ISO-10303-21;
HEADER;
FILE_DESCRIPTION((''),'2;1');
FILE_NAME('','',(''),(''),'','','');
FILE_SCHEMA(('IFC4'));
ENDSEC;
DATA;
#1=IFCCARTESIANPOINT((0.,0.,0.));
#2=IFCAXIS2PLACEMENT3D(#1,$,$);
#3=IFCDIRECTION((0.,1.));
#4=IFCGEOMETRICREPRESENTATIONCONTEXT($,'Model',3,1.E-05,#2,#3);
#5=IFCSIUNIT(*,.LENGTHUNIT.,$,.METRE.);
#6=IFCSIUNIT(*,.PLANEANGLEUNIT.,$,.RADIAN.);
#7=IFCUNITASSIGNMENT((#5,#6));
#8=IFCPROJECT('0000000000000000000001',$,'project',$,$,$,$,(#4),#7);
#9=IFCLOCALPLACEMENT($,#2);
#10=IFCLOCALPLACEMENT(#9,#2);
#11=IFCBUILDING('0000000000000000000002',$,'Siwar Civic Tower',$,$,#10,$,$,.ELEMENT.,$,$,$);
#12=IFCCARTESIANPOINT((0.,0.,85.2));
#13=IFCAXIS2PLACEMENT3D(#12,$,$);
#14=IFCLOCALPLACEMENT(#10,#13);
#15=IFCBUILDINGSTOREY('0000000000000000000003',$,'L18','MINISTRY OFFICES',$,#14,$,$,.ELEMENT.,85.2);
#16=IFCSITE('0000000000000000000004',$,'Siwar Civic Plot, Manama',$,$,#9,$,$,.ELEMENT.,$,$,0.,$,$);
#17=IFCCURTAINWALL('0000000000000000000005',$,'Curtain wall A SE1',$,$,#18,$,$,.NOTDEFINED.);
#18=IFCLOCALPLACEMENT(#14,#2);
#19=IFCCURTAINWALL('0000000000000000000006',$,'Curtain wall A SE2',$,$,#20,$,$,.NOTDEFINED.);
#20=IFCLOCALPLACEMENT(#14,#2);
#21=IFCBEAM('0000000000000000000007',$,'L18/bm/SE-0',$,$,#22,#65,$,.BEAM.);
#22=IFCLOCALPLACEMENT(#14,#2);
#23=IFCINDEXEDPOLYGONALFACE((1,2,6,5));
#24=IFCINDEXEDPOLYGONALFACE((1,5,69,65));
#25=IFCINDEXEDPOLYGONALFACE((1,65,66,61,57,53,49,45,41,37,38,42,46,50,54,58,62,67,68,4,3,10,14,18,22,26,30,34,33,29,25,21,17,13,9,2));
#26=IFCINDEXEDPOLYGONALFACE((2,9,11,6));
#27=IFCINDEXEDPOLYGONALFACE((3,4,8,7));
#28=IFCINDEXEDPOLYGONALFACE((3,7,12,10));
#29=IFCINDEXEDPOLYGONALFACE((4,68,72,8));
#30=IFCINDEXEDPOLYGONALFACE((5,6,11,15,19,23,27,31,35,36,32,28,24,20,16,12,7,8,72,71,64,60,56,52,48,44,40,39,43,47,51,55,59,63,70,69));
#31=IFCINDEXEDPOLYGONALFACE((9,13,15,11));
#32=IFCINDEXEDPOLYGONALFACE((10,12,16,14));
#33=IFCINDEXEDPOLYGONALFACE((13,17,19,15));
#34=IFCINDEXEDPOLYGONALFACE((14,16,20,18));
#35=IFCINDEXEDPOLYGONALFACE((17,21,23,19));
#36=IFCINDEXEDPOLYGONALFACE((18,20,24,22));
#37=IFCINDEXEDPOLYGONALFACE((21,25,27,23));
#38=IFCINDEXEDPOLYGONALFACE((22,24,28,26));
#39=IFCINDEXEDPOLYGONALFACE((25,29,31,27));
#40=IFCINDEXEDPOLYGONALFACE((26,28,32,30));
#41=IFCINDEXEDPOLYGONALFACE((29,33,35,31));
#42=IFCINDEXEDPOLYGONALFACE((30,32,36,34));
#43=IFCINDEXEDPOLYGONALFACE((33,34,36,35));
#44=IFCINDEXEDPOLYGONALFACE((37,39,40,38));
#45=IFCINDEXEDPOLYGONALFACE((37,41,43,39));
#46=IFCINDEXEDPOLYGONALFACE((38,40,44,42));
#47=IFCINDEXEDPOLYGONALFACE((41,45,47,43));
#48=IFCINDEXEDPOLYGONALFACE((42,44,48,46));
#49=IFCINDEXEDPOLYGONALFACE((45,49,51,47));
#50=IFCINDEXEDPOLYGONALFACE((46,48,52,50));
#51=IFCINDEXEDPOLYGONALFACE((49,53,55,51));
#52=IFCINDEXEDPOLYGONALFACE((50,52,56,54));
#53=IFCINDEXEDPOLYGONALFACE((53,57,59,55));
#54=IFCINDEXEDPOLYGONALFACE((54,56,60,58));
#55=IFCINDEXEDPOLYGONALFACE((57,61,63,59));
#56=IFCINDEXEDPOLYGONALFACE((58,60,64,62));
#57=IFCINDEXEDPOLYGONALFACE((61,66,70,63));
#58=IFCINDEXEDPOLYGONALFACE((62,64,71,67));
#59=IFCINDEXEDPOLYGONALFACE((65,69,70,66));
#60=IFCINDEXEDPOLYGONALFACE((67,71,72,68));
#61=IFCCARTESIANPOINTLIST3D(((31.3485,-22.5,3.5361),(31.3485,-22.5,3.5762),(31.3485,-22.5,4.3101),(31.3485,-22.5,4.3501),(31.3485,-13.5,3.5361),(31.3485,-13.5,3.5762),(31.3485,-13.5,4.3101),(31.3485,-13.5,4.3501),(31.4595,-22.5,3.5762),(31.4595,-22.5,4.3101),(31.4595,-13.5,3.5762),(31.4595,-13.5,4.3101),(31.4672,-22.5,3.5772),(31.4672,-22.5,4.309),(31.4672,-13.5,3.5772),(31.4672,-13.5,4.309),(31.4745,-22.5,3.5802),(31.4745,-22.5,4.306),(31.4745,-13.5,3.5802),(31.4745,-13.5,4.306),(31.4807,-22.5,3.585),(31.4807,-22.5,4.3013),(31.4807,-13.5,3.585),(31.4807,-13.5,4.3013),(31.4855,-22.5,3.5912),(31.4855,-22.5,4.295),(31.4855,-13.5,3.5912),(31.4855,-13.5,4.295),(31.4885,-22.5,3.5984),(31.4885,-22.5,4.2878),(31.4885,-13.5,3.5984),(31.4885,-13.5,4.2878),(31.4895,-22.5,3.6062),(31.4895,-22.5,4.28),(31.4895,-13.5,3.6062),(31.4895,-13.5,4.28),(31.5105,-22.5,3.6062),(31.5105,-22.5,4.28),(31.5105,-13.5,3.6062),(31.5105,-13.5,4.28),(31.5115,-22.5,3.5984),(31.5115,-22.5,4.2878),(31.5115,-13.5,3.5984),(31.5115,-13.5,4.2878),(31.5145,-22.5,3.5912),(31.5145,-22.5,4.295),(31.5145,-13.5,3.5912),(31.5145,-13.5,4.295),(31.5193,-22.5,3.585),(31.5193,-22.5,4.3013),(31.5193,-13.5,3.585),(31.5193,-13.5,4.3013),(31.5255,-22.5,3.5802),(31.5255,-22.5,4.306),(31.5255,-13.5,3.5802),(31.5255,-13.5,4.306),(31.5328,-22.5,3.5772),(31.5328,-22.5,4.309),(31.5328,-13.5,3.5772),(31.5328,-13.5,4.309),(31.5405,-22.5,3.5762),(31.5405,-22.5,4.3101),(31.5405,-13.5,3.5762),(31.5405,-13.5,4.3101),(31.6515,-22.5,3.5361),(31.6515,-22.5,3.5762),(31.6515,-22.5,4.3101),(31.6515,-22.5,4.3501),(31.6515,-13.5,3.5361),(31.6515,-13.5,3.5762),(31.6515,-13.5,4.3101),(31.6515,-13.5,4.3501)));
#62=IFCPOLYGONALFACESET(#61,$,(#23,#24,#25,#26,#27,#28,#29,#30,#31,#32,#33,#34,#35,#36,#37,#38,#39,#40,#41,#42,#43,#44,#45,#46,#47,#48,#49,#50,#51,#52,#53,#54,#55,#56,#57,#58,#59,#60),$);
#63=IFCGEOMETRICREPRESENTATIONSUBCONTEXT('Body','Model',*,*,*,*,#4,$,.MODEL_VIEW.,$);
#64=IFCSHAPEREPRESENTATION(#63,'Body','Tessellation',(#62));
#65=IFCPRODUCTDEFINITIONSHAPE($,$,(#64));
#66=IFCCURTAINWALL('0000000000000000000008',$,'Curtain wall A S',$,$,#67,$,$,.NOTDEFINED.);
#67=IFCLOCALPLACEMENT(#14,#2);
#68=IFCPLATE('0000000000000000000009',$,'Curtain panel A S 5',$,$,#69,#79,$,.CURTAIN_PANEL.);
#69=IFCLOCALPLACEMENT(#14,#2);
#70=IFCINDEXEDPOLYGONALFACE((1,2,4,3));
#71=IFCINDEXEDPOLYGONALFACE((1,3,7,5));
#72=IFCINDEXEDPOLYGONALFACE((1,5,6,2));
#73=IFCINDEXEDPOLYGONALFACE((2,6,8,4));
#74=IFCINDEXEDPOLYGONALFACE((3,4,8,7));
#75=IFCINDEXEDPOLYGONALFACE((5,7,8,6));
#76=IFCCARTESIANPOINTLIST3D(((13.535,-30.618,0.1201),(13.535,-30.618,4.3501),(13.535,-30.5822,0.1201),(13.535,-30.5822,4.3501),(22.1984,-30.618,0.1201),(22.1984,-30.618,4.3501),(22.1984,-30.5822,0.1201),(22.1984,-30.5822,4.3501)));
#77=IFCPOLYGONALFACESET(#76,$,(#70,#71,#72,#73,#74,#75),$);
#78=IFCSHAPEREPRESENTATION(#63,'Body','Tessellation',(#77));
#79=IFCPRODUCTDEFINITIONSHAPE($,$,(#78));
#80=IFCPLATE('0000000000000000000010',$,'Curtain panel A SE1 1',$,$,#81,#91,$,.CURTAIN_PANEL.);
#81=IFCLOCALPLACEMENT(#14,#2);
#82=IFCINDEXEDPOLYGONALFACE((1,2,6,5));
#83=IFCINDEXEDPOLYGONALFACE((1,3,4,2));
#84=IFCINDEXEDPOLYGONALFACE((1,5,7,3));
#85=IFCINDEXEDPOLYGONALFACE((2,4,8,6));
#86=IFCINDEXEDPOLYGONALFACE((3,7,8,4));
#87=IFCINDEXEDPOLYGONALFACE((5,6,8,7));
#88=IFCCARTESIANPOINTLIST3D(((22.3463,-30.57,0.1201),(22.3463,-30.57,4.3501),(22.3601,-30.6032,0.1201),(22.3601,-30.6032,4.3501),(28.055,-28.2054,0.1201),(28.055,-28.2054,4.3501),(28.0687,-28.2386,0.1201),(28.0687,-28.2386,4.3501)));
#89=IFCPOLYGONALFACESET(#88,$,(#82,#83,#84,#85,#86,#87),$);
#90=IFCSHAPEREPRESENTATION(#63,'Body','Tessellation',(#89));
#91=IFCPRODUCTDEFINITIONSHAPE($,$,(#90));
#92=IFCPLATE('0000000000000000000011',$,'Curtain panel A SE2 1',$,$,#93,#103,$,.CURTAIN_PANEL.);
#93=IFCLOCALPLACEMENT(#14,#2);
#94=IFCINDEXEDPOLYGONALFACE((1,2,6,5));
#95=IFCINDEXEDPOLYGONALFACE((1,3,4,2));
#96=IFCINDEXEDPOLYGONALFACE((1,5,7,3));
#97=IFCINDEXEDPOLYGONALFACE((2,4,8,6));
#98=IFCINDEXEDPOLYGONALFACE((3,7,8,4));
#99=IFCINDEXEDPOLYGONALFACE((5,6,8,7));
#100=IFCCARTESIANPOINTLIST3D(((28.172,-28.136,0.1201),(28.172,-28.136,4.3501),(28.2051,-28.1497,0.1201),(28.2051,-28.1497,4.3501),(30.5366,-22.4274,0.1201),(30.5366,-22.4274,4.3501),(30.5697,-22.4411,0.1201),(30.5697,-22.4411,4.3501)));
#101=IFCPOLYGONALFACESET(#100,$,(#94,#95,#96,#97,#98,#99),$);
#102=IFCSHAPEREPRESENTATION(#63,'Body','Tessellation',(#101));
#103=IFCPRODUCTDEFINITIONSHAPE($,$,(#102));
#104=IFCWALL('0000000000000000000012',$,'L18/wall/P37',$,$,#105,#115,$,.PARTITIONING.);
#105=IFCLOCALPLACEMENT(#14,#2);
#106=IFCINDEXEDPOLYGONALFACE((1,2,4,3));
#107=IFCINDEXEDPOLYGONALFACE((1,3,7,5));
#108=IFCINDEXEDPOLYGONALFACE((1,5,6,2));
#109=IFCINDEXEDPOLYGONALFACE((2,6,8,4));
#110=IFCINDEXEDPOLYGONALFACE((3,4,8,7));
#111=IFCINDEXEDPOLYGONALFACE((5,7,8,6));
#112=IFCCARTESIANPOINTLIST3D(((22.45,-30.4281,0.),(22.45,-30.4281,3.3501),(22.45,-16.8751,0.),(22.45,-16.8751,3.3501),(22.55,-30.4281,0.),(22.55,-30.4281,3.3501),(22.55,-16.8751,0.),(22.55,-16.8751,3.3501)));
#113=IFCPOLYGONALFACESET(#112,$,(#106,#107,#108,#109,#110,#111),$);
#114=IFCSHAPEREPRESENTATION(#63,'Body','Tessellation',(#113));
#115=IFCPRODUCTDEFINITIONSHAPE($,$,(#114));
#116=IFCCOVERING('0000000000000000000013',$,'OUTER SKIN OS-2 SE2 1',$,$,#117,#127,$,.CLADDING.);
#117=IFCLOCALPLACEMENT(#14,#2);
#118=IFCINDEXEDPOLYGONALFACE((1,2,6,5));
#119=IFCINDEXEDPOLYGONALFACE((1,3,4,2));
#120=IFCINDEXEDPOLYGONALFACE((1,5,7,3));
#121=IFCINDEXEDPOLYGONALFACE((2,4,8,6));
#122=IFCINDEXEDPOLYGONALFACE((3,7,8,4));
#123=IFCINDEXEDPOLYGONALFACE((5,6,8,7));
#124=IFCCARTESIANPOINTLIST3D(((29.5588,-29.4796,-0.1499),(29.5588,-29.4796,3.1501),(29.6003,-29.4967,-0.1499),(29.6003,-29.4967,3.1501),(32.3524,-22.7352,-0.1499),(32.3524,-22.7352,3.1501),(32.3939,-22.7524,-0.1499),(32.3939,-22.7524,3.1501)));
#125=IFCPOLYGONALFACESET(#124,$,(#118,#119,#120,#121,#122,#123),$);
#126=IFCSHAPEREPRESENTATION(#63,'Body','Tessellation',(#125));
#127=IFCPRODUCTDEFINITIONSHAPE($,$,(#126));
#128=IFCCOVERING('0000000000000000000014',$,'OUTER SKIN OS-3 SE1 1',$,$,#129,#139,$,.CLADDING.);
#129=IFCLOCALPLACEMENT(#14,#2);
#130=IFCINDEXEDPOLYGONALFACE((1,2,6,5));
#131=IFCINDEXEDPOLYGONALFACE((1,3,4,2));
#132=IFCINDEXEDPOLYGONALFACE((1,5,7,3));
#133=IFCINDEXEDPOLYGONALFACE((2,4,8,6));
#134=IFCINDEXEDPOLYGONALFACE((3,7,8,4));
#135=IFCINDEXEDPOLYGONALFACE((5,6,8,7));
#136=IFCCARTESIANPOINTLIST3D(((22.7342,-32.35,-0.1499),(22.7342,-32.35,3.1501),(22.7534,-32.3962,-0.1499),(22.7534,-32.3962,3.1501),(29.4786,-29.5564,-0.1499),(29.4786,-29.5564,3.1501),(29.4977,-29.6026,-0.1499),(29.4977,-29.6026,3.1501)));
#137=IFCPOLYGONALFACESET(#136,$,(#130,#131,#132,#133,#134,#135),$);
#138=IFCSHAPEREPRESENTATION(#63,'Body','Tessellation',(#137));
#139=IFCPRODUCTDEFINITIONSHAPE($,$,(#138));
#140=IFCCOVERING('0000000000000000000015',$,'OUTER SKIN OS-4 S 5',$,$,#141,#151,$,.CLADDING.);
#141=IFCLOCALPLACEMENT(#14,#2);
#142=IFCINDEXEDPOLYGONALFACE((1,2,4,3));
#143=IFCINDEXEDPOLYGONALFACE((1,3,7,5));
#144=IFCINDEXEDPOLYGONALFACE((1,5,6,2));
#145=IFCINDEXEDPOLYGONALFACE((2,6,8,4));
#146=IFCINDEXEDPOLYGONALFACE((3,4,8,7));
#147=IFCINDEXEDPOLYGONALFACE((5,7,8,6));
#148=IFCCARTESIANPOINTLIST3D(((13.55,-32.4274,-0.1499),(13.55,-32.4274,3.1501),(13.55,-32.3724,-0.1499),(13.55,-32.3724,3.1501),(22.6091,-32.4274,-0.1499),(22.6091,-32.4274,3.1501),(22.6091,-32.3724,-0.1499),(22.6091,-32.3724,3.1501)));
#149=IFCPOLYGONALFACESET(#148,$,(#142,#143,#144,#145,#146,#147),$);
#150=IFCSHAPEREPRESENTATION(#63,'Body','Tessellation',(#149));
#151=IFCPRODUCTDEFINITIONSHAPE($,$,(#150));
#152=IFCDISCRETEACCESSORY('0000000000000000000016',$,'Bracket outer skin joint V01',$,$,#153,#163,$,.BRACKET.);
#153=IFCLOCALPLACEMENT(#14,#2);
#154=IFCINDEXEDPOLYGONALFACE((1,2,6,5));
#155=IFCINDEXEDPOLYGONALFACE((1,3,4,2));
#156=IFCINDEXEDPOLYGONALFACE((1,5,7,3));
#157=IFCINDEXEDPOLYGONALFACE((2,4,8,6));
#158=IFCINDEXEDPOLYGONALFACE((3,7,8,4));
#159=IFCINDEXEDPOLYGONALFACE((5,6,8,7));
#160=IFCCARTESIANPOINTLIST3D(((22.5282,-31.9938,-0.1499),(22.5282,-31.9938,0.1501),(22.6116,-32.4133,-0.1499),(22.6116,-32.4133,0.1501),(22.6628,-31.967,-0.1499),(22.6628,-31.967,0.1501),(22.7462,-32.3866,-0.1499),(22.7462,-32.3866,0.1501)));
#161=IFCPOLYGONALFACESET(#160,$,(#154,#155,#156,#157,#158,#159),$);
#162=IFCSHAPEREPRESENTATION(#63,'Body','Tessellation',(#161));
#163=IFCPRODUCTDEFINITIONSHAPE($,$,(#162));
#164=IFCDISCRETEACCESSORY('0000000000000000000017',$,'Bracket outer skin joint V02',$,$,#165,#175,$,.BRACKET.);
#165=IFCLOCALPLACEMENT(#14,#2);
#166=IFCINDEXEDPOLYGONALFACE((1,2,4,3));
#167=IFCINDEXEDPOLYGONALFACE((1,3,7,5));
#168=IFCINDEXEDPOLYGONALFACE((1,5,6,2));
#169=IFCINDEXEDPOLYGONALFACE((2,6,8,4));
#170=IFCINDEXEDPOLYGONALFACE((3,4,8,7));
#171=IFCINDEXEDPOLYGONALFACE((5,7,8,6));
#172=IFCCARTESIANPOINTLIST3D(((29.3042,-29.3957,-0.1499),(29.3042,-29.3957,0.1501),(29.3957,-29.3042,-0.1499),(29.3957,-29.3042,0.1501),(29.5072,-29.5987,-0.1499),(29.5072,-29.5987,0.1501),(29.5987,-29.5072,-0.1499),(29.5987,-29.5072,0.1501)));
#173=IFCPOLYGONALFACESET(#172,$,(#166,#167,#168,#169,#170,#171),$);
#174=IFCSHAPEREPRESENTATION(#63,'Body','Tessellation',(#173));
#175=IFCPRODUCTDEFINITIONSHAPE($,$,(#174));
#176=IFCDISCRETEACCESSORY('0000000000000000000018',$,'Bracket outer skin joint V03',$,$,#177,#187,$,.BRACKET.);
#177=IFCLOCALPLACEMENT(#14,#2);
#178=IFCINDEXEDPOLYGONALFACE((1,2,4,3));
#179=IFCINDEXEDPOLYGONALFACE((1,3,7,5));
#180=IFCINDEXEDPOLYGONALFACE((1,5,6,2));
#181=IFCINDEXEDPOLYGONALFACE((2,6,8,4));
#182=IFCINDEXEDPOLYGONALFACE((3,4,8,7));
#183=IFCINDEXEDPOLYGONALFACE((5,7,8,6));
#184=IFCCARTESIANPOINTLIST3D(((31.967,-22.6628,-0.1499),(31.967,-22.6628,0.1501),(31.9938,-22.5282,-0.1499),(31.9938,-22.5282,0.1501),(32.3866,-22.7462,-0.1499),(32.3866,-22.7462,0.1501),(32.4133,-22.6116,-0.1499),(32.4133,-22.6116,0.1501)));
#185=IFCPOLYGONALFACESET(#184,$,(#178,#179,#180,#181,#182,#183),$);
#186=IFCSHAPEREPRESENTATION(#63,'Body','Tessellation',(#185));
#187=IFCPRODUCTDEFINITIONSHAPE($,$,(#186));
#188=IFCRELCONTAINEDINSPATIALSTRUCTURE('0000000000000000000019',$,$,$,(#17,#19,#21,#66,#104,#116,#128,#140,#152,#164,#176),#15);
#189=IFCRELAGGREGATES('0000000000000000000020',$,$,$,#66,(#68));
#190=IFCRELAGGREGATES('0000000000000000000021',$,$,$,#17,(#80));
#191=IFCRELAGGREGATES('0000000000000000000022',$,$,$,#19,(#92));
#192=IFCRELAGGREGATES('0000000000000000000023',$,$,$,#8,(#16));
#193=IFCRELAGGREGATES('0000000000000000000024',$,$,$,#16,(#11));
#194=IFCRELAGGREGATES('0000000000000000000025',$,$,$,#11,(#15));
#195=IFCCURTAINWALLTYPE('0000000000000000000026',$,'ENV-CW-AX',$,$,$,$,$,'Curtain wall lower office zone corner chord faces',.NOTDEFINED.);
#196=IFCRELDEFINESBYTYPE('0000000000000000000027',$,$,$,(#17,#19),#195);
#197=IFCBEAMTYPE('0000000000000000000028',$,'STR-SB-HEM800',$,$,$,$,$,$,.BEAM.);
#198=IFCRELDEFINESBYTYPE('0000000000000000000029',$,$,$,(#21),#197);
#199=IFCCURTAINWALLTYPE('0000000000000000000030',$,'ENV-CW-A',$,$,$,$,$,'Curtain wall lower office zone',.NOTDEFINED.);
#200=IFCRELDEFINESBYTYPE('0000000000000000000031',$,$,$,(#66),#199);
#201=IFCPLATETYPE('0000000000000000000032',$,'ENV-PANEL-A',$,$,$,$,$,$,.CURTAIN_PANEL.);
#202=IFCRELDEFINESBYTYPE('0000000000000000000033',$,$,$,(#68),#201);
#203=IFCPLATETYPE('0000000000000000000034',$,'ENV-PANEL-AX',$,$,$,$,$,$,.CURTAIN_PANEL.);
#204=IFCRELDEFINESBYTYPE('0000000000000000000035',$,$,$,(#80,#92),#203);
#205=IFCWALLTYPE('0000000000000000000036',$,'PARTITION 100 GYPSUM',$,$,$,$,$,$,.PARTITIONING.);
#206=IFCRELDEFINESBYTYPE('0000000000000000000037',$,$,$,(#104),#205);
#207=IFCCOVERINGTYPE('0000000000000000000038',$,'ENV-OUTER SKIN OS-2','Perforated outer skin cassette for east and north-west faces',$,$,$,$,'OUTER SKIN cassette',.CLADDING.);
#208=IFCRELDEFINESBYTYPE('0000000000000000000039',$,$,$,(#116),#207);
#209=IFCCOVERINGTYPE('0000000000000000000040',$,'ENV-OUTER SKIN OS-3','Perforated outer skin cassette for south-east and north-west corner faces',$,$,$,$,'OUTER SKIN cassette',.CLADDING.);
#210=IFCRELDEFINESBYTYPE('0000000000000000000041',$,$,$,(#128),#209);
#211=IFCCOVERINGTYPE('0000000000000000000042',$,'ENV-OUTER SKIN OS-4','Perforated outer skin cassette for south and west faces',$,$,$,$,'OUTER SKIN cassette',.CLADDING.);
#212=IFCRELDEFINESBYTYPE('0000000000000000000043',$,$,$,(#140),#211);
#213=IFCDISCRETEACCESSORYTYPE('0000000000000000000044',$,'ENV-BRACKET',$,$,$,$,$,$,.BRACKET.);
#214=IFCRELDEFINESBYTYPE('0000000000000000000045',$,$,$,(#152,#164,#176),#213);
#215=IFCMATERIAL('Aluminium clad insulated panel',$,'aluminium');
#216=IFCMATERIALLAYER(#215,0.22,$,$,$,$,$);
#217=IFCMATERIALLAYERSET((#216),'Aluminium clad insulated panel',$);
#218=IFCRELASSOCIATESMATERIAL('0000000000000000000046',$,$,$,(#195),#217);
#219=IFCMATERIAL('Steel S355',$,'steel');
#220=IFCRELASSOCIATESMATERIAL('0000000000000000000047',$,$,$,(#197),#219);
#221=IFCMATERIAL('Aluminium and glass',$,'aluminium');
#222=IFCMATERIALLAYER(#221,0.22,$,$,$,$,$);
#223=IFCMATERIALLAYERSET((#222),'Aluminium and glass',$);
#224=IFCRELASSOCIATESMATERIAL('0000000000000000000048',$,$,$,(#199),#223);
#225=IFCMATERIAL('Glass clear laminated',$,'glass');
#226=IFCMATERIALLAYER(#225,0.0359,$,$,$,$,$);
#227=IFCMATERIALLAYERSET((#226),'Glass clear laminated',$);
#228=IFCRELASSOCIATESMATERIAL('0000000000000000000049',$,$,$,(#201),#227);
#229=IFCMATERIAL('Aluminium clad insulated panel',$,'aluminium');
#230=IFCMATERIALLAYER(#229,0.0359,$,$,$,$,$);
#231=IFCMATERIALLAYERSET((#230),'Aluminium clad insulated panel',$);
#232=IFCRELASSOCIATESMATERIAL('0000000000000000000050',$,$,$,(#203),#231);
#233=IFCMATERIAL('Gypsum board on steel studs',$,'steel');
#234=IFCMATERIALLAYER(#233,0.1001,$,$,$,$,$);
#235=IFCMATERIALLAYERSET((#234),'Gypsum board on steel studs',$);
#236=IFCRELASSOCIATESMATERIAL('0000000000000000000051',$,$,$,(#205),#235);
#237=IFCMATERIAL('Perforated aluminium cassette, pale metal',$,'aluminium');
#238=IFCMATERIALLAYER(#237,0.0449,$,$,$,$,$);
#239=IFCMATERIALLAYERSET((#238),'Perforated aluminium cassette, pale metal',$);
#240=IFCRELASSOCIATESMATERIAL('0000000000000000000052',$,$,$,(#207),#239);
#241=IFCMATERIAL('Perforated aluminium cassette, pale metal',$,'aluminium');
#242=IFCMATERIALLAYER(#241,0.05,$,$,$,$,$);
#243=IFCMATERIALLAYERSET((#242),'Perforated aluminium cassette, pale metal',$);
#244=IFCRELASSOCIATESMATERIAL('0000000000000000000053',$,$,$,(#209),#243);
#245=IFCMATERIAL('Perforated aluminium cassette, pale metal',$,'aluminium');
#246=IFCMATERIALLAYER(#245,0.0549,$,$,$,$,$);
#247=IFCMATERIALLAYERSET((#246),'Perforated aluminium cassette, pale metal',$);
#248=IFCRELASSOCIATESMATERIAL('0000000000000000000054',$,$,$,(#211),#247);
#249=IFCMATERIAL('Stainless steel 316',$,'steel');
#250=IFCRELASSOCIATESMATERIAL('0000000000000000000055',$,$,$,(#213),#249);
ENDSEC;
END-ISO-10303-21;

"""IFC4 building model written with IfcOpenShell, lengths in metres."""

from ifc_helpers import new_model, si_unit, direction, frame, frame_2d, origin, origin_2d, place, context, subcontext, project, spatial, rectangle, i_section, extrude, material, layer, layer_set, material_profile, profile_set, type_object, element, aggregate, save


model = new_model("IFC4")

# Units and contexts
model_context = context("Model", 3, precision=1e-05, world=origin(), true_north=direction((0.0, 1.0)))
body_context = subcontext(model_context, "Body", "Model", "MODEL_VIEW")
ifc_project = project(units=[si_unit("LENGTHUNIT", "METRE"), si_unit("PLANEANGLEUNIT", "RADIAN")], contexts=[model_context])

# Site, building, storey
site_placement = place(None, origin())
site = spatial("IfcSite", under=ifc_project, at=site_placement, Name="Siwar Civic Plot, Manama", CompositionType="ELEMENT", RefElevation=0.0)
building_placement = place(site_placement, origin())
building = spatial("IfcBuilding", under=site, at=building_placement, Name="Siwar Civic Tower", CompositionType="ELEMENT")
storey_placement = place(building_placement, frame((0.0, 0.0, 85.2)))
storey = spatial("IfcBuildingStorey", under=building, at=storey_placement, Name="L18", Description="MINISTRY OFFICES", CompositionType="ELEMENT", Elevation=85.2)

# Curtain walls
ifc_material_1 = material(Name="Aluminium clad insulated panel", Category="aluminium")
ifc_layer_1 = layer(ifc_material_1, 0.22)
ifc_layer_set_1 = layer_set([ifc_layer_1], Name="Aluminium clad insulated panel")
curtain_wall_type_1 = type_object("IfcCurtainWallType", Name="ENV-CW-AX", ElementType="Curtain wall lower office zone corner chord faces", PredefinedType="NOTDEFINED", material=ifc_layer_set_1)
curtain_wall_1_placement = place(storey_placement, origin())
curtain_wall_1 = element("IfcCurtainWall", 1, at=curtain_wall_1_placement, inside=storey, type_object=curtain_wall_type_1, Name="Curtain wall A SE1", PredefinedType="NOTDEFINED")
curtain_wall_2_placement = place(storey_placement, origin())
curtain_wall_2 = element("IfcCurtainWall", 2, at=curtain_wall_2_placement, inside=storey, type_object=curtain_wall_type_1, Name="Curtain wall A SE2", PredefinedType="NOTDEFINED")

# Beam
ifc_material_2 = material(Name="Steel S355", Category="steel")
ifc_material_profile_1 = material_profile(ifc_material_2, i_section(OverallWidth=0.303, OverallDepth=0.814, WebThickness=0.021, FlangeThickness=0.04, FilletRadius=0.03, at=origin_2d()), Name="HEM800")
ifc_profile_set_1 = profile_set([ifc_material_profile_1], Name="Steel S355")
beam_type_1 = type_object("IfcBeamType", Name="STR-SB-HEM800", PredefinedType="BEAM", material=ifc_profile_set_1)
beam_1_placement = place(storey_placement, frame((31.5, -22.5, 3.9431), z_axis=(0.0, 1.0, 0.0), x_axis=(-1.0, 0.0, 0.0)))
element("IfcBeam", 3, at=beam_1_placement, inside=storey, type_object=beam_type_1, Name="L18/bm/SE-0", PredefinedType="BEAM", context=body_context, shape_type="SweptSolid", body=[
    extrude(i_section(OverallWidth=0.303, OverallDepth=0.814, WebThickness=0.021, FlangeThickness=0.04, FilletRadius=0.03, at=origin_2d()), origin(), (0.0, 0.0, 1.0), 9.0),
])

# Curtain wall, plate
ifc_material_3 = material(Name="Aluminium and glass", Category="aluminium")
ifc_layer_2 = layer(ifc_material_3, 0.22)
ifc_layer_set_2 = layer_set([ifc_layer_2], Name="Aluminium and glass")
curtain_wall_type_2 = type_object("IfcCurtainWallType", Name="ENV-CW-A", ElementType="Curtain wall lower office zone", PredefinedType="NOTDEFINED", material=ifc_layer_set_2)
curtain_wall_3_placement = place(storey_placement, origin())
curtain_wall_3 = element("IfcCurtainWall", 4, at=curtain_wall_3_placement, inside=storey, type_object=curtain_wall_type_2, Name="Curtain wall A S", PredefinedType="NOTDEFINED")
ifc_material_4 = material(Name="Glass clear laminated", Category="glass")
ifc_layer_3 = layer(ifc_material_4, 0.0359)
ifc_layer_set_3 = layer_set([ifc_layer_3], Name="Glass clear laminated")
plate_type_1 = type_object("IfcPlateType", Name="ENV-PANEL-A", PredefinedType="CURTAIN_PANEL", material=ifc_layer_set_3)
plate_1_placement = place(storey_placement, frame((17.8667, -30.6001, 0.1201), z_axis=(0.0, 0.0, 1.0), x_axis=(1.0, 0.0, 0.0)))
plate_1 = element("IfcPlate", 5, at=plate_1_placement, type_object=plate_type_1, Name="Curtain panel A S 5", PredefinedType="CURTAIN_PANEL", context=body_context, shape_type="SweptSolid", body=[
    extrude(rectangle(XDim=8.6633, YDim=0.0359, at=origin_2d()), origin(), (0.0, 0.0, 1.0), 4.23),
])
aggregate(curtain_wall_3, [plate_1])

# Plates
ifc_material_5 = material(Name="Aluminium clad insulated panel", Category="aluminium")
ifc_layer_4 = layer(ifc_material_5, 0.0359)
ifc_layer_set_4 = layer_set([ifc_layer_4], Name="Aluminium clad insulated panel")
plate_type_2 = type_object("IfcPlateType", Name="ENV-PANEL-AX", PredefinedType="CURTAIN_PANEL", material=ifc_layer_set_4)
plate_2_placement = place(storey_placement, frame((25.2075, -29.4043, 0.1201), z_axis=(0.0, 0.0, 1.0), x_axis=(0.92388, 0.382683, 0.0)))
plate_2 = element("IfcPlate", 6, at=plate_2_placement, type_object=plate_type_2, Name="Curtain panel A SE1 1", PredefinedType="CURTAIN_PANEL", context=body_context, shape_type="SweptSolid", body=[
    extrude(rectangle(XDim=6.179, YDim=0.0359, at=origin_2d()), origin(), (0.0, 0.0, 1.0), 4.23),
])
aggregate(curtain_wall_1, [plate_2])
plate_3_placement = place(storey_placement, frame((29.3708, -25.2886, 0.1201), z_axis=(0.0, 0.0, 1.0), x_axis=(0.382683, 0.92388, 0.0)))
plate_3 = element("IfcPlate", 7, at=plate_3_placement, type_object=plate_type_2, Name="Curtain panel A SE2 1", PredefinedType="CURTAIN_PANEL", context=body_context, shape_type="SweptSolid", body=[
    extrude(rectangle(XDim=6.179, YDim=0.0359, at=origin_2d()), origin(), (0.0, 0.0, 1.0), 4.23),
])
aggregate(curtain_wall_2, [plate_3])

# Wall
ifc_material_6 = material(Name="Gypsum board on steel studs", Category="steel")
ifc_layer_5 = layer(ifc_material_6, 0.1001)
ifc_layer_set_5 = layer_set([ifc_layer_5], Name="Gypsum board on steel studs")
wall_type = type_object("IfcWallType", Name="PARTITION 100 GYPSUM", PredefinedType="PARTITIONING", material=ifc_layer_set_5)
wall_placement = place(storey_placement, frame((22.5, -30.428, 0.0), z_axis=(0.0, 0.0, 1.0), x_axis=(0.0, 1.0, 0.0)))
element("IfcWall", 8, at=wall_placement, inside=storey, type_object=wall_type, Name="L18/wall/P37", PredefinedType="PARTITIONING", context=body_context, shape_type="SweptSolid", body=[
    extrude(rectangle(XDim=13.553, YDim=0.1001, at=frame_2d((6.7764, 0.0))), origin(), (0.0, 0.0, 1.0), 3.3501),
])

# Coverings
ifc_material_7 = material(Name="Perforated aluminium cassette, pale metal", Category="aluminium")
ifc_layer_6 = layer(ifc_material_7, 0.0449)
ifc_layer_set_6 = layer_set([ifc_layer_6], Name="Perforated aluminium cassette, pale metal")
covering_type_1 = type_object("IfcCoveringType", Name="ENV-OUTER SKIN OS-2", Description="Perforated outer skin cassette for east and north-west faces", ElementType="OUTER SKIN cassette", PredefinedType="CLADDING", material=ifc_layer_set_6)
covering_1_placement = place(storey_placement, frame((30.9763, -26.116, -0.1499), z_axis=(0.0, 0.0, 1.0), x_axis=(0.382683, 0.92388, 0.0)))
element("IfcCovering", 9, at=covering_1_placement, inside=storey, type_object=covering_type_1, Name="OUTER SKIN OS-2 SE2 1", PredefinedType="CLADDING", context=body_context, shape_type="SweptSolid", body=[
    extrude(rectangle(XDim=7.3, YDim=0.0449, at=origin_2d()), origin(), (0.0, 0.0, 1.0), 3.3),
])
ifc_material_8 = material(Name="Perforated aluminium cassette, pale metal", Category="aluminium")
ifc_layer_7 = layer(ifc_material_8, 0.05)
ifc_layer_set_7 = layer_set([ifc_layer_7], Name="Perforated aluminium cassette, pale metal")
covering_type_2 = type_object("IfcCoveringType", Name="ENV-OUTER SKIN OS-3", Description="Perforated outer skin cassette for south-east and north-west corner faces", ElementType="OUTER SKIN cassette", PredefinedType="CLADDING", material=ifc_layer_set_7)
covering_2_placement = place(storey_placement, frame((26.116, -30.9763, -0.1499), z_axis=(0.0, 0.0, 1.0), x_axis=(0.92388, 0.382683, 0.0)))
element("IfcCovering", 10, at=covering_2_placement, inside=storey, type_object=covering_type_2, Name="OUTER SKIN OS-3 SE1 1", PredefinedType="CLADDING", context=body_context, shape_type="SweptSolid", body=[
    extrude(rectangle(XDim=7.3, YDim=0.05, at=origin_2d()), origin(), (0.0, 0.0, 1.0), 3.3),
])
ifc_material_9 = material(Name="Perforated aluminium cassette, pale metal", Category="aluminium")
ifc_layer_8 = layer(ifc_material_9, 0.0549)
ifc_layer_set_8 = layer_set([ifc_layer_8], Name="Perforated aluminium cassette, pale metal")
covering_type_3 = type_object("IfcCoveringType", Name="ENV-OUTER SKIN OS-4", Description="Perforated outer skin cassette for south and west faces", ElementType="OUTER SKIN cassette", PredefinedType="CLADDING", material=ifc_layer_set_8)
covering_3_placement = place(storey_placement, frame((18.0796, -32.3999, -0.1499), z_axis=(0.0, 0.0, 1.0), x_axis=(1.0, 0.0, 0.0)))
element("IfcCovering", 11, at=covering_3_placement, inside=storey, type_object=covering_type_3, Name="OUTER SKIN OS-4 S 5", PredefinedType="CLADDING", context=body_context, shape_type="SweptSolid", body=[
    extrude(rectangle(XDim=9.0591, YDim=0.0549, at=origin_2d()), origin(), (0.0, 0.0, 1.0), 3.3),
])

# Discrete accessories
ifc_material_10 = material(Name="Stainless steel 316", Category="steel")
discrete_accessory_type = type_object("IfcDiscreteAccessoryType", Name="ENV-BRACKET", PredefinedType="BRACKET", material=ifc_material_10)
discrete_accessory_1_placement = place(storey_placement, frame((22.6372, -32.1902, -0.1499), z_axis=(0.0, 0.0, 1.0), x_axis=(0.19509, -0.980785, 0.0)))
element("IfcDiscreteAccessory", 12, at=discrete_accessory_1_placement, inside=storey, type_object=discrete_accessory_type, Name="Bracket outer skin joint V01", PredefinedType="BRACKET", context=body_context, shape_type="SweptSolid", body=[
    extrude(rectangle(XDim=0.4277, YDim=0.1372, at=origin_2d()), origin(), (0.0, 0.0, 1.0), 0.3),
])
discrete_accessory_2_placement = place(storey_placement, frame((29.4514, -29.4514, -0.1499), z_axis=(0.0, 0.0, 1.0), x_axis=(0.707107, -0.707107, 0.0)))
element("IfcDiscreteAccessory", 13, at=discrete_accessory_2_placement, inside=storey, type_object=discrete_accessory_type, Name="Bracket outer skin joint V02", PredefinedType="BRACKET", context=body_context, shape_type="SweptSolid", body=[
    extrude(rectangle(XDim=0.2871, YDim=0.1294, at=origin_2d()), origin(), (0.0, 0.0, 1.0), 0.3),
])
discrete_accessory_3_placement = place(storey_placement, frame((32.1902, -22.6372, -0.1499), z_axis=(0.0, 0.0, 1.0), x_axis=(0.980785, -0.19509, 0.0)))
element("IfcDiscreteAccessory", 14, at=discrete_accessory_3_placement, inside=storey, type_object=discrete_accessory_type, Name="Bracket outer skin joint V03", PredefinedType="BRACKET", context=body_context, shape_type="SweptSolid", body=[
    extrude(rectangle(XDim=0.4277, YDim=0.1372, at=origin_2d()), origin(), (0.0, 0.0, 1.0), 0.3),
])

save(model, "model.ifc")
